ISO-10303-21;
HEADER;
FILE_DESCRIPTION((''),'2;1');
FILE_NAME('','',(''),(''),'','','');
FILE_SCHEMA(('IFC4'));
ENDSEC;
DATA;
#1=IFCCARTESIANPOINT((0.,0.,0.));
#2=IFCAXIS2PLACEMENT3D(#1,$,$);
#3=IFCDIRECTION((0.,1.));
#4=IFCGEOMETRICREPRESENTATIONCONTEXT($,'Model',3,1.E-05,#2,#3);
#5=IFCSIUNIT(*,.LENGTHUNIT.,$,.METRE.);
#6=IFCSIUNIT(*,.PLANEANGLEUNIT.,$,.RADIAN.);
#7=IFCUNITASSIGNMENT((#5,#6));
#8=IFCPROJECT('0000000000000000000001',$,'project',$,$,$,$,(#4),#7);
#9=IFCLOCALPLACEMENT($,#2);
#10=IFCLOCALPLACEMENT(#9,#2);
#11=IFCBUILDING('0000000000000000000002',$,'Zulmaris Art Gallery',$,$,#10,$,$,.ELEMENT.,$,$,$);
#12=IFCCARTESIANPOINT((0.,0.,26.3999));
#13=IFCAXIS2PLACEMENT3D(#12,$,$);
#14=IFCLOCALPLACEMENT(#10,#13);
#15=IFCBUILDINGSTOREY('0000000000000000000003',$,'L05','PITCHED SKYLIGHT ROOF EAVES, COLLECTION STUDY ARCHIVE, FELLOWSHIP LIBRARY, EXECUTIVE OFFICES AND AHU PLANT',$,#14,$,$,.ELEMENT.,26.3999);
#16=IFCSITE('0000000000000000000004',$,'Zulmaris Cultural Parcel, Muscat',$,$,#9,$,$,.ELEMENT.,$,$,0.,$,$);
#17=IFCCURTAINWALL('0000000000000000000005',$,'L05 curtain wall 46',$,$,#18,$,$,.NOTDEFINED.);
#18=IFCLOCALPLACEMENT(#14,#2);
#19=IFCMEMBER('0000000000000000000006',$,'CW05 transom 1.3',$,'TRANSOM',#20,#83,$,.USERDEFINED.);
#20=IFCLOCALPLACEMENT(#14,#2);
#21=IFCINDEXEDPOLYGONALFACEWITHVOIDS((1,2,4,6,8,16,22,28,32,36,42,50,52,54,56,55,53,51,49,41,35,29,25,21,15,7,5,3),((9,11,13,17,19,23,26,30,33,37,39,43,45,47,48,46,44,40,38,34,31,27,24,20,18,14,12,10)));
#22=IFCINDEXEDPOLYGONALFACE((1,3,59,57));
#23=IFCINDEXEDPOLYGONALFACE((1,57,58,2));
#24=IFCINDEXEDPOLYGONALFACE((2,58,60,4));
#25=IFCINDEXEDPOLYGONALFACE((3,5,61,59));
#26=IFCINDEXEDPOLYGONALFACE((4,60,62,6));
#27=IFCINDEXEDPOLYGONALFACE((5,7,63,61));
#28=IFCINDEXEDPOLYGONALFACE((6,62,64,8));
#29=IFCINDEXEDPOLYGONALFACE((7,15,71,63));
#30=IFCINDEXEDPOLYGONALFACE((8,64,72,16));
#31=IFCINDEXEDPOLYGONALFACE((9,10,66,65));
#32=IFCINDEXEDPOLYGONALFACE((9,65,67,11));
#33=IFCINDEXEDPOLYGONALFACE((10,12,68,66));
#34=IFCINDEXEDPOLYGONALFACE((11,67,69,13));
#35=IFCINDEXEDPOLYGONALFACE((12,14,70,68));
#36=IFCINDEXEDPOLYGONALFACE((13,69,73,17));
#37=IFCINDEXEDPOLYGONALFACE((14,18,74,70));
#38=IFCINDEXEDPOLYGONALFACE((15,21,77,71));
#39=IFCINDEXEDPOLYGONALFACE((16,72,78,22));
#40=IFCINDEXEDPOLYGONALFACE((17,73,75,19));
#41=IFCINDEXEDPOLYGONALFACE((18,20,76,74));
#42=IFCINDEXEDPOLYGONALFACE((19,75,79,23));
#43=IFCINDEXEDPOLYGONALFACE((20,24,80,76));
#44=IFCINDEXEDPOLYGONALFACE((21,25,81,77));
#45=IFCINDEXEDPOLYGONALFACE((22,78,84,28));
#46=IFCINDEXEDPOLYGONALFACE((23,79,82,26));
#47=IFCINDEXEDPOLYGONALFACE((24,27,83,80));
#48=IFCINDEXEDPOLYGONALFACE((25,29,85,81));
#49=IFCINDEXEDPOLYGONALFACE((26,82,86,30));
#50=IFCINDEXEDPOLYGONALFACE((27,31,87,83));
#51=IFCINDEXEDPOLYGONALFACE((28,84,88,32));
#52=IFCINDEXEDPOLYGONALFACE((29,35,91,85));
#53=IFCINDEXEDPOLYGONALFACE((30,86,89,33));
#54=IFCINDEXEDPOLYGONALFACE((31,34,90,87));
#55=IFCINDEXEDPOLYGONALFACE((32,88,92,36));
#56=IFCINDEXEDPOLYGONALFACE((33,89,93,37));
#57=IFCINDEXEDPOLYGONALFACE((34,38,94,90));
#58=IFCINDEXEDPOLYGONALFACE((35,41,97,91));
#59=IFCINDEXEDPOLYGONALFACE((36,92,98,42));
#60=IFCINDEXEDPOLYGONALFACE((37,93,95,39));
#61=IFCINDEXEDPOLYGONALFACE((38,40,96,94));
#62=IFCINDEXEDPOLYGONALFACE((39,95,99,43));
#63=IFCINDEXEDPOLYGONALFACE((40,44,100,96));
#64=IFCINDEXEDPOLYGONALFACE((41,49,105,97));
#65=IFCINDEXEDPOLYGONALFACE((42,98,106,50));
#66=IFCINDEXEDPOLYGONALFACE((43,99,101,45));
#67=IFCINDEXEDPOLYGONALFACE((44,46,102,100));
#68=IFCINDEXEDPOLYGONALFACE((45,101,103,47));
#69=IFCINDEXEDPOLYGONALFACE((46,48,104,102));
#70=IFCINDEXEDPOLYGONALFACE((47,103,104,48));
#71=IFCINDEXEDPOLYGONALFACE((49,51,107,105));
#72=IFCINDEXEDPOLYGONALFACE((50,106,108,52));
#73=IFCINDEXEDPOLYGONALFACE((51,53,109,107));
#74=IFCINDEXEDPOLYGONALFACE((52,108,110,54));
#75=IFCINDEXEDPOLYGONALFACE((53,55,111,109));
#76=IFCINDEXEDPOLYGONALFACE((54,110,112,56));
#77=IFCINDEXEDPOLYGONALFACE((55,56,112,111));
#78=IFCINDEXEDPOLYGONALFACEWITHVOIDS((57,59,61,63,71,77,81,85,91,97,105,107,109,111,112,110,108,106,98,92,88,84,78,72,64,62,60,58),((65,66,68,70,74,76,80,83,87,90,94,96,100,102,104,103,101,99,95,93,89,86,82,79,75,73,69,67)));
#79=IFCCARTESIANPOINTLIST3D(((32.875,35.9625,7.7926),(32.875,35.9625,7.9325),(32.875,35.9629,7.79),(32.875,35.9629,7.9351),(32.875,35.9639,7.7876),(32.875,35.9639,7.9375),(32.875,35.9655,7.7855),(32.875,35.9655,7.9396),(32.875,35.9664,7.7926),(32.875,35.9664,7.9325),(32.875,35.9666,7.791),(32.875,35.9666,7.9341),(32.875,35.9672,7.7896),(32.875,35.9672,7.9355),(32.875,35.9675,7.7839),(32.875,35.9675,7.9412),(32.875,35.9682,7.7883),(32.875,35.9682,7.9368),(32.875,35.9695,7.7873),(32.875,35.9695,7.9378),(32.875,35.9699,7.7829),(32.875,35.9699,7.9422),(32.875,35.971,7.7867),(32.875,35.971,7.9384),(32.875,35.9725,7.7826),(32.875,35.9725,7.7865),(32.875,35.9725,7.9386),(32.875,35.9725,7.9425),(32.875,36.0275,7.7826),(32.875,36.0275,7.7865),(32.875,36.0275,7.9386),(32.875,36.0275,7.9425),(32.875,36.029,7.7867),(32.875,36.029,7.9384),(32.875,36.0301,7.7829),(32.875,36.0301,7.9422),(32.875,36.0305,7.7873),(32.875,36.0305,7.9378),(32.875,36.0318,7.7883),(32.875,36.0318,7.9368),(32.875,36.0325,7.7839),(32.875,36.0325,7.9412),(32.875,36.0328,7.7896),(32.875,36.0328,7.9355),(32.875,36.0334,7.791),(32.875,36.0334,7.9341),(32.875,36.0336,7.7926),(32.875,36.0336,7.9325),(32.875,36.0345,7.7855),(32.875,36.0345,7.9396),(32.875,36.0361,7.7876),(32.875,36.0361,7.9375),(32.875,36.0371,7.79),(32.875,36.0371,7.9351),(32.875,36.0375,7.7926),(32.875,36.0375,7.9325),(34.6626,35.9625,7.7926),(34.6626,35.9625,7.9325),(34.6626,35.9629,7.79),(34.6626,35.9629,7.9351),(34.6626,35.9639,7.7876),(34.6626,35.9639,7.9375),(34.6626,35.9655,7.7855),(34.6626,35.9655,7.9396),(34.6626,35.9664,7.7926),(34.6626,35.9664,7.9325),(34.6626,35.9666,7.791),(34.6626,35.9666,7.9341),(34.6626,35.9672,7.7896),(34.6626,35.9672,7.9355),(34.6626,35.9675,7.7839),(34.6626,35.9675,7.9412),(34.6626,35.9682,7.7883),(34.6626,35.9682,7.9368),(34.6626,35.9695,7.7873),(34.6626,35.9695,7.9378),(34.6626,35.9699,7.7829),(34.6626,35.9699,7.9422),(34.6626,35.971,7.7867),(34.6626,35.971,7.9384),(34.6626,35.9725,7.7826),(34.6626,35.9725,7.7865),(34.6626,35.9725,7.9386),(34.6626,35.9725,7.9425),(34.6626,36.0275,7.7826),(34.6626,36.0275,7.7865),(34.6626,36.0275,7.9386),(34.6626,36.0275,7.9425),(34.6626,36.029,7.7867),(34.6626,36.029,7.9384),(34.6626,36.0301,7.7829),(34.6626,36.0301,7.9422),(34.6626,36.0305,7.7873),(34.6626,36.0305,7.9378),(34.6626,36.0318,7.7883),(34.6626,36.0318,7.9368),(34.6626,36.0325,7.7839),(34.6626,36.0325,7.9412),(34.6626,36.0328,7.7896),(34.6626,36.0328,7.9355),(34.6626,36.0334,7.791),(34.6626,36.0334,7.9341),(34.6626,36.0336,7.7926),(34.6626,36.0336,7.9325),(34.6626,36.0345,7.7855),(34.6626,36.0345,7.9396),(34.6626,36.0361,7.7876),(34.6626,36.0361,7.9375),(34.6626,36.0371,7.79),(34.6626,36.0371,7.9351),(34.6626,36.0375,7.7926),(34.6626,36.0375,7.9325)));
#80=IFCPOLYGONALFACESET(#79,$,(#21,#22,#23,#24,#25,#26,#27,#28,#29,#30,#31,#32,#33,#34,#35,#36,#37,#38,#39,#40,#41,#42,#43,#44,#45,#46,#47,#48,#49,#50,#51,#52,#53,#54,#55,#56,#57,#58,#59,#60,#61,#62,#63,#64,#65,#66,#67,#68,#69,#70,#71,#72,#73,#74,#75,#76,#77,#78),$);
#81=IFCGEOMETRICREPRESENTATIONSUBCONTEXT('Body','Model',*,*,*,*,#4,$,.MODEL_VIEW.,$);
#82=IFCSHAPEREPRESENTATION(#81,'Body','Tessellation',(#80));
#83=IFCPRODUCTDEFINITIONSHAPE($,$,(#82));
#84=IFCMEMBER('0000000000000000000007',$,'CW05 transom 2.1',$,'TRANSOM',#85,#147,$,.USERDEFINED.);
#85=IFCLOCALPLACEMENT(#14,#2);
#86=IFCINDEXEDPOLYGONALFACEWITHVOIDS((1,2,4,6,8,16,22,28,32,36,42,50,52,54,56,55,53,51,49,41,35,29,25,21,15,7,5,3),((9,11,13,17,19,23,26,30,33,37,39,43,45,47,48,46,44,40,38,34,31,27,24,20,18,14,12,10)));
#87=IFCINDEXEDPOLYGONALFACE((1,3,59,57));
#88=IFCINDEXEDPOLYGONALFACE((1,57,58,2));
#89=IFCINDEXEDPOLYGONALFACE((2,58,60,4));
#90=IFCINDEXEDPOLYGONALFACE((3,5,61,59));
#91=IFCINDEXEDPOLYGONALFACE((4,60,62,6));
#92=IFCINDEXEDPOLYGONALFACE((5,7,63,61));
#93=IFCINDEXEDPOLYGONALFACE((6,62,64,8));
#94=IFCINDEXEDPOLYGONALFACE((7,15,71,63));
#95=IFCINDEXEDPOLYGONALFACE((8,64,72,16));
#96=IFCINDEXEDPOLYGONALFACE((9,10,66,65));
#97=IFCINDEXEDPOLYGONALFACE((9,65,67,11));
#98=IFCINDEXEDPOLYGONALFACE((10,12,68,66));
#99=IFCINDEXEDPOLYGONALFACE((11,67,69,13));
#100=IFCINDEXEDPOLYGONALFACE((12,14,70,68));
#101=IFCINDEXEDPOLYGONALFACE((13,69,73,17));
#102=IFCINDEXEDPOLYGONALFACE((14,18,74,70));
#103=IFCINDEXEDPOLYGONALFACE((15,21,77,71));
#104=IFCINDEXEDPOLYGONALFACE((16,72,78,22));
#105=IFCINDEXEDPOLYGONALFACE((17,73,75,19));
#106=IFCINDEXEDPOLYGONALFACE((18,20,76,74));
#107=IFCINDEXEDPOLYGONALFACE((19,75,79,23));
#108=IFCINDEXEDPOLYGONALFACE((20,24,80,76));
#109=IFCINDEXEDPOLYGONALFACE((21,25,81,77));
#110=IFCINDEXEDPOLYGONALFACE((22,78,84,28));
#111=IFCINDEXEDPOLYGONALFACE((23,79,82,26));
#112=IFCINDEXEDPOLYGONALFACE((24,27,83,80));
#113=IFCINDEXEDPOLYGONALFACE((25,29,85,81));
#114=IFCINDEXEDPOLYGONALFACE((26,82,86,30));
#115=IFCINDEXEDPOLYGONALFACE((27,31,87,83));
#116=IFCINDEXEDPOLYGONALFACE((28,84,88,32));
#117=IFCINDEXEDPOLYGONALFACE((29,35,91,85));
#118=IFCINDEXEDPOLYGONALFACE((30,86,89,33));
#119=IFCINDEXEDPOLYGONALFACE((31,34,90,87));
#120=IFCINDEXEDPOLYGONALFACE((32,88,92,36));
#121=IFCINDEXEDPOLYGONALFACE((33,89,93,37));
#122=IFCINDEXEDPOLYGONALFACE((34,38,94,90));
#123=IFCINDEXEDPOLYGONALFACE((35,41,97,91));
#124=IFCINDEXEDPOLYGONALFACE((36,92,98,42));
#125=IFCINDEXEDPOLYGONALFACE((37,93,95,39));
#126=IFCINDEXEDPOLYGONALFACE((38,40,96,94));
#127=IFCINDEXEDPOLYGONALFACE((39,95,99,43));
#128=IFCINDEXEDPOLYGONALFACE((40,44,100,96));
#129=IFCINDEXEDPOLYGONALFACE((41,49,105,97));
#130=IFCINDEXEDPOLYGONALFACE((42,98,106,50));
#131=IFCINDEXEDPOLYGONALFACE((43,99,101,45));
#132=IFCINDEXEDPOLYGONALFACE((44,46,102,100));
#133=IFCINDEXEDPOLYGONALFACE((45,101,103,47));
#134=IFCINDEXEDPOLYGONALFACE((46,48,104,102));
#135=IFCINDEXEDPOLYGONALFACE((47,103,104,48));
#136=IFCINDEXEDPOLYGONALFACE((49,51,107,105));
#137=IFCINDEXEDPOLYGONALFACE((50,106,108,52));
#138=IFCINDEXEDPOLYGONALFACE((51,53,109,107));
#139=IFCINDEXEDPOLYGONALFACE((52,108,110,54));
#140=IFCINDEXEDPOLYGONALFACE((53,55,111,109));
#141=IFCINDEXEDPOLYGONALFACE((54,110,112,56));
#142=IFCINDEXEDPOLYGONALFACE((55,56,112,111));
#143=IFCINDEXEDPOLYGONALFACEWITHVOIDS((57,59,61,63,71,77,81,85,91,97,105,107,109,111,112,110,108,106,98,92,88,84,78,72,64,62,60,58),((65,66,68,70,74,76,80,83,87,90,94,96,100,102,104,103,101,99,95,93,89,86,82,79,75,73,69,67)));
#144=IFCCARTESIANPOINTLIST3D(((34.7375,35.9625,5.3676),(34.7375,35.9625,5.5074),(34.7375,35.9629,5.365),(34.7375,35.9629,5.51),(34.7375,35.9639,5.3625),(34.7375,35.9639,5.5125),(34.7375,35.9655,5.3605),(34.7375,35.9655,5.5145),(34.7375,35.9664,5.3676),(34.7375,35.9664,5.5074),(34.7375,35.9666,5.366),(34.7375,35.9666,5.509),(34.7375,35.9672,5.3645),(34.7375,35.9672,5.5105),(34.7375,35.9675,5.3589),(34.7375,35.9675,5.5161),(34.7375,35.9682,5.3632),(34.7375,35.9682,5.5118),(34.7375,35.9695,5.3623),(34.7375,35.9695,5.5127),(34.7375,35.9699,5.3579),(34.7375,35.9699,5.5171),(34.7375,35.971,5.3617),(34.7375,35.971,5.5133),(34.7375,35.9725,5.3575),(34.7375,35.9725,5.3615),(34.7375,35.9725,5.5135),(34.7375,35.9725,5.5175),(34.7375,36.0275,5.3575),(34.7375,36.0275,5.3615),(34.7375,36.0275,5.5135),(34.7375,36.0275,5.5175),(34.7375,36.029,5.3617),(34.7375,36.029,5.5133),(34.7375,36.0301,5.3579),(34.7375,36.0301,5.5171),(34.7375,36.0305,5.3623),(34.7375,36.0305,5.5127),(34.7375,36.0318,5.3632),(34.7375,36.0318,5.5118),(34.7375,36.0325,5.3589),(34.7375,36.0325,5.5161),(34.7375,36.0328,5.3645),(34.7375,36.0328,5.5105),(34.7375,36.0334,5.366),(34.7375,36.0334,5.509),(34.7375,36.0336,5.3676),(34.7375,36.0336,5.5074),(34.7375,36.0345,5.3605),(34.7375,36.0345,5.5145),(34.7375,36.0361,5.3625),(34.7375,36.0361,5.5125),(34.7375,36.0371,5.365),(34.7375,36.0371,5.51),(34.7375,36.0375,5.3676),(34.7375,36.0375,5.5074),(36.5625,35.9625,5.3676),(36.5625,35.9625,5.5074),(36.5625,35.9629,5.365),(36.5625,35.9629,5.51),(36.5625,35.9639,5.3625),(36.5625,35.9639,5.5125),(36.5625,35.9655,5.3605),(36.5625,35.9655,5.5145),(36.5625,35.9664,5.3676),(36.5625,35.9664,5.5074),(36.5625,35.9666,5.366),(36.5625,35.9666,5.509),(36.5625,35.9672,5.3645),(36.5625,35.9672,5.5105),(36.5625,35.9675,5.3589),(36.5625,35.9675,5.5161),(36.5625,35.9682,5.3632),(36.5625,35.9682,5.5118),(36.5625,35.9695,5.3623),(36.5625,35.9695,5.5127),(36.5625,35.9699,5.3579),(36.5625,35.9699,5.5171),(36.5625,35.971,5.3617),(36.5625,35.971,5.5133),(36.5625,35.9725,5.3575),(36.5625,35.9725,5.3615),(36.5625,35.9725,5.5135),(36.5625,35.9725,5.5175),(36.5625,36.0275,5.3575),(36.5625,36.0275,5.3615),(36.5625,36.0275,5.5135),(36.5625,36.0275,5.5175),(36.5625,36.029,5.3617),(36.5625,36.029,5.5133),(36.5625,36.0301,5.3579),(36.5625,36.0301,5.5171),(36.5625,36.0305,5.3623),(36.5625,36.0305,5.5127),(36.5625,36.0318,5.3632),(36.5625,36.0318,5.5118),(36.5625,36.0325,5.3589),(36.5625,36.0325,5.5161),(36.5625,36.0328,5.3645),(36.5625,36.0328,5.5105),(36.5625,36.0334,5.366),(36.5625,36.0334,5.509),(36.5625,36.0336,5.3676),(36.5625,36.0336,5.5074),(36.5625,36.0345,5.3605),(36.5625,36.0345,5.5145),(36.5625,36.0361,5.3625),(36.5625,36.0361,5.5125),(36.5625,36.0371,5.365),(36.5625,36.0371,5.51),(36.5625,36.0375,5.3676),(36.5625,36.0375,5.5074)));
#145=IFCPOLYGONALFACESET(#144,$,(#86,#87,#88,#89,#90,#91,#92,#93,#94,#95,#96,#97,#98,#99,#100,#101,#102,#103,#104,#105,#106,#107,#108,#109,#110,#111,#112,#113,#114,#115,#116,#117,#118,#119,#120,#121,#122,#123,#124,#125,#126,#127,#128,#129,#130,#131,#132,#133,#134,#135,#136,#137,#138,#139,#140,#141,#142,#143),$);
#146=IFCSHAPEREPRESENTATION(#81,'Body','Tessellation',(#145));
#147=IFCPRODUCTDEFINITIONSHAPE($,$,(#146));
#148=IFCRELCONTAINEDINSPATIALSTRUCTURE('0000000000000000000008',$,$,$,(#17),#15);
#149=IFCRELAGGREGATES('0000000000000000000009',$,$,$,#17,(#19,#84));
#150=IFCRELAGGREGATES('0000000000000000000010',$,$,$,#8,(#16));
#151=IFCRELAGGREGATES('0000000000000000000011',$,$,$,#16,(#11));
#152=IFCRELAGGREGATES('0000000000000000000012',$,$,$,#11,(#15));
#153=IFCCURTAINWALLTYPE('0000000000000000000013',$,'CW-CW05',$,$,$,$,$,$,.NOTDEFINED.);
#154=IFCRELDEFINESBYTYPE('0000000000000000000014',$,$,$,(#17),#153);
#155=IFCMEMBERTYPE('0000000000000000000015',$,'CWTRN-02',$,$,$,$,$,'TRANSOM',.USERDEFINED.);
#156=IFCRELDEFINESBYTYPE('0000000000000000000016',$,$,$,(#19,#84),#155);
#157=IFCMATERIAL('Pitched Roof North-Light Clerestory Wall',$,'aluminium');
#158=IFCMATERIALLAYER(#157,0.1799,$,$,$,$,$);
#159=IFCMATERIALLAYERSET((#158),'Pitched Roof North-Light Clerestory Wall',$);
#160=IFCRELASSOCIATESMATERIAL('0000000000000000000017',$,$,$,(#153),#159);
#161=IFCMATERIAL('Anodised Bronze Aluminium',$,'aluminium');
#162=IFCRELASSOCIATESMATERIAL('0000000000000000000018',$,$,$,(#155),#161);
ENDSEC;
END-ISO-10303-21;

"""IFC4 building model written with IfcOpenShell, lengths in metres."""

from ifc_helpers import new_model, si_unit, direction, frame, origin, origin_2d, place, context, subcontext, project, spatial, hollow_rectangle, extrude, material, layer, layer_set, material_profile, profile_set, type_object, element, aggregate, save


model = new_model("IFC4")

# Units and contexts
model_context = context("Model", 3, precision=1e-05, world=origin(), true_north=direction((0.0, 1.0)))
body_context = subcontext(model_context, "Body", "Model", "MODEL_VIEW")
ifc_project = project(units=[si_unit("LENGTHUNIT", "METRE"), si_unit("PLANEANGLEUNIT", "RADIAN")], contexts=[model_context])

# Site, building, storey
site_placement = place(None, origin())
site = spatial("IfcSite", under=ifc_project, at=site_placement, Name="Zulmaris Cultural Parcel, Muscat", CompositionType="ELEMENT", RefElevation=0.0)
building_placement = place(site_placement, origin())
building = spatial("IfcBuilding", under=site, at=building_placement, Name="Zulmaris Art Gallery", CompositionType="ELEMENT")
storey_placement = place(building_placement, frame((0.0, 0.0, 26.3999)))
storey = spatial("IfcBuildingStorey", under=building, at=storey_placement, Name="L05", Description="PITCHED SKYLIGHT ROOF EAVES, COLLECTION STUDY ARCHIVE, FELLOWSHIP LIBRARY, EXECUTIVE OFFICES AND AHU PLANT", CompositionType="ELEMENT", Elevation=26.3999)

# Curtain wall, members
ifc_material_1 = material(Name="Pitched Roof North-Light Clerestory Wall", Category="aluminium")
ifc_layer_1 = layer(ifc_material_1, 0.1799)
ifc_layer_set_1 = layer_set([ifc_layer_1], Name="Pitched Roof North-Light Clerestory Wall")
curtain_wall_type = type_object("IfcCurtainWallType", Name="CW-CW05", PredefinedType="NOTDEFINED", material=ifc_layer_set_1)
curtain_wall_placement = place(storey_placement, origin())
curtain_wall = element("IfcCurtainWall", 1, at=curtain_wall_placement, inside=storey, type_object=curtain_wall_type, Name="L05 curtain wall 46", PredefinedType="NOTDEFINED")
ifc_material_2 = material(Name="Anodised Bronze Aluminium", Category="aluminium")
ifc_material_profile_1 = material_profile(ifc_material_2, hollow_rectangle(XDim=0.075, YDim=0.1599, WallThickness=0.0039, InnerFilletRadius=0.0061, OuterFilletRadius=0.01, at=origin_2d()), Name="ALU 75x160x4")
ifc_profile_set_1 = profile_set([ifc_material_profile_1], Name="Anodised Bronze Aluminium")
member_type_1 = type_object("IfcMemberType", Name="CWTRN-02", ElementType="TRANSOM", PredefinedType="USERDEFINED", material=ifc_profile_set_1)
member_1_placement = place(storey_placement, frame((32.875, 36.0, 7.8625), z_axis=(1.0, 0.0, 0.0), x_axis=(0.0, 1.0, 0.0)))
member_1 = element("IfcMember", 2, at=member_1_placement, type_object=member_type_1, Name="CW05 transom 1.3", ObjectType="TRANSOM", PredefinedType="USERDEFINED", context=body_context, shape_type="SweptSolid", body=[
    extrude(hollow_rectangle(XDim=0.075, YDim=0.1599, WallThickness=0.0039, InnerFilletRadius=0.0061, OuterFilletRadius=0.01, at=origin_2d()), origin(), (0.0, 0.0, 1.0), 1.7876),
])
member_2_placement = place(storey_placement, frame((34.7375, 36.0, 5.4375), z_axis=(1.0, 0.0, 0.0), x_axis=(0.0, 1.0, 0.0)))
member_2 = element("IfcMember", 3, at=member_2_placement, type_object=member_type_1, Name="CW05 transom 2.1", ObjectType="TRANSOM", PredefinedType="USERDEFINED", context=body_context, shape_type="SweptSolid", body=[
    extrude(hollow_rectangle(XDim=0.075, YDim=0.1599, WallThickness=0.0039, InnerFilletRadius=0.0061, OuterFilletRadius=0.01, at=origin_2d()), origin(), (0.0, 0.0, 1.0), 1.825),
])

aggregate(curtain_wall, [member_1, member_2])

save(model, "model.ifc")
